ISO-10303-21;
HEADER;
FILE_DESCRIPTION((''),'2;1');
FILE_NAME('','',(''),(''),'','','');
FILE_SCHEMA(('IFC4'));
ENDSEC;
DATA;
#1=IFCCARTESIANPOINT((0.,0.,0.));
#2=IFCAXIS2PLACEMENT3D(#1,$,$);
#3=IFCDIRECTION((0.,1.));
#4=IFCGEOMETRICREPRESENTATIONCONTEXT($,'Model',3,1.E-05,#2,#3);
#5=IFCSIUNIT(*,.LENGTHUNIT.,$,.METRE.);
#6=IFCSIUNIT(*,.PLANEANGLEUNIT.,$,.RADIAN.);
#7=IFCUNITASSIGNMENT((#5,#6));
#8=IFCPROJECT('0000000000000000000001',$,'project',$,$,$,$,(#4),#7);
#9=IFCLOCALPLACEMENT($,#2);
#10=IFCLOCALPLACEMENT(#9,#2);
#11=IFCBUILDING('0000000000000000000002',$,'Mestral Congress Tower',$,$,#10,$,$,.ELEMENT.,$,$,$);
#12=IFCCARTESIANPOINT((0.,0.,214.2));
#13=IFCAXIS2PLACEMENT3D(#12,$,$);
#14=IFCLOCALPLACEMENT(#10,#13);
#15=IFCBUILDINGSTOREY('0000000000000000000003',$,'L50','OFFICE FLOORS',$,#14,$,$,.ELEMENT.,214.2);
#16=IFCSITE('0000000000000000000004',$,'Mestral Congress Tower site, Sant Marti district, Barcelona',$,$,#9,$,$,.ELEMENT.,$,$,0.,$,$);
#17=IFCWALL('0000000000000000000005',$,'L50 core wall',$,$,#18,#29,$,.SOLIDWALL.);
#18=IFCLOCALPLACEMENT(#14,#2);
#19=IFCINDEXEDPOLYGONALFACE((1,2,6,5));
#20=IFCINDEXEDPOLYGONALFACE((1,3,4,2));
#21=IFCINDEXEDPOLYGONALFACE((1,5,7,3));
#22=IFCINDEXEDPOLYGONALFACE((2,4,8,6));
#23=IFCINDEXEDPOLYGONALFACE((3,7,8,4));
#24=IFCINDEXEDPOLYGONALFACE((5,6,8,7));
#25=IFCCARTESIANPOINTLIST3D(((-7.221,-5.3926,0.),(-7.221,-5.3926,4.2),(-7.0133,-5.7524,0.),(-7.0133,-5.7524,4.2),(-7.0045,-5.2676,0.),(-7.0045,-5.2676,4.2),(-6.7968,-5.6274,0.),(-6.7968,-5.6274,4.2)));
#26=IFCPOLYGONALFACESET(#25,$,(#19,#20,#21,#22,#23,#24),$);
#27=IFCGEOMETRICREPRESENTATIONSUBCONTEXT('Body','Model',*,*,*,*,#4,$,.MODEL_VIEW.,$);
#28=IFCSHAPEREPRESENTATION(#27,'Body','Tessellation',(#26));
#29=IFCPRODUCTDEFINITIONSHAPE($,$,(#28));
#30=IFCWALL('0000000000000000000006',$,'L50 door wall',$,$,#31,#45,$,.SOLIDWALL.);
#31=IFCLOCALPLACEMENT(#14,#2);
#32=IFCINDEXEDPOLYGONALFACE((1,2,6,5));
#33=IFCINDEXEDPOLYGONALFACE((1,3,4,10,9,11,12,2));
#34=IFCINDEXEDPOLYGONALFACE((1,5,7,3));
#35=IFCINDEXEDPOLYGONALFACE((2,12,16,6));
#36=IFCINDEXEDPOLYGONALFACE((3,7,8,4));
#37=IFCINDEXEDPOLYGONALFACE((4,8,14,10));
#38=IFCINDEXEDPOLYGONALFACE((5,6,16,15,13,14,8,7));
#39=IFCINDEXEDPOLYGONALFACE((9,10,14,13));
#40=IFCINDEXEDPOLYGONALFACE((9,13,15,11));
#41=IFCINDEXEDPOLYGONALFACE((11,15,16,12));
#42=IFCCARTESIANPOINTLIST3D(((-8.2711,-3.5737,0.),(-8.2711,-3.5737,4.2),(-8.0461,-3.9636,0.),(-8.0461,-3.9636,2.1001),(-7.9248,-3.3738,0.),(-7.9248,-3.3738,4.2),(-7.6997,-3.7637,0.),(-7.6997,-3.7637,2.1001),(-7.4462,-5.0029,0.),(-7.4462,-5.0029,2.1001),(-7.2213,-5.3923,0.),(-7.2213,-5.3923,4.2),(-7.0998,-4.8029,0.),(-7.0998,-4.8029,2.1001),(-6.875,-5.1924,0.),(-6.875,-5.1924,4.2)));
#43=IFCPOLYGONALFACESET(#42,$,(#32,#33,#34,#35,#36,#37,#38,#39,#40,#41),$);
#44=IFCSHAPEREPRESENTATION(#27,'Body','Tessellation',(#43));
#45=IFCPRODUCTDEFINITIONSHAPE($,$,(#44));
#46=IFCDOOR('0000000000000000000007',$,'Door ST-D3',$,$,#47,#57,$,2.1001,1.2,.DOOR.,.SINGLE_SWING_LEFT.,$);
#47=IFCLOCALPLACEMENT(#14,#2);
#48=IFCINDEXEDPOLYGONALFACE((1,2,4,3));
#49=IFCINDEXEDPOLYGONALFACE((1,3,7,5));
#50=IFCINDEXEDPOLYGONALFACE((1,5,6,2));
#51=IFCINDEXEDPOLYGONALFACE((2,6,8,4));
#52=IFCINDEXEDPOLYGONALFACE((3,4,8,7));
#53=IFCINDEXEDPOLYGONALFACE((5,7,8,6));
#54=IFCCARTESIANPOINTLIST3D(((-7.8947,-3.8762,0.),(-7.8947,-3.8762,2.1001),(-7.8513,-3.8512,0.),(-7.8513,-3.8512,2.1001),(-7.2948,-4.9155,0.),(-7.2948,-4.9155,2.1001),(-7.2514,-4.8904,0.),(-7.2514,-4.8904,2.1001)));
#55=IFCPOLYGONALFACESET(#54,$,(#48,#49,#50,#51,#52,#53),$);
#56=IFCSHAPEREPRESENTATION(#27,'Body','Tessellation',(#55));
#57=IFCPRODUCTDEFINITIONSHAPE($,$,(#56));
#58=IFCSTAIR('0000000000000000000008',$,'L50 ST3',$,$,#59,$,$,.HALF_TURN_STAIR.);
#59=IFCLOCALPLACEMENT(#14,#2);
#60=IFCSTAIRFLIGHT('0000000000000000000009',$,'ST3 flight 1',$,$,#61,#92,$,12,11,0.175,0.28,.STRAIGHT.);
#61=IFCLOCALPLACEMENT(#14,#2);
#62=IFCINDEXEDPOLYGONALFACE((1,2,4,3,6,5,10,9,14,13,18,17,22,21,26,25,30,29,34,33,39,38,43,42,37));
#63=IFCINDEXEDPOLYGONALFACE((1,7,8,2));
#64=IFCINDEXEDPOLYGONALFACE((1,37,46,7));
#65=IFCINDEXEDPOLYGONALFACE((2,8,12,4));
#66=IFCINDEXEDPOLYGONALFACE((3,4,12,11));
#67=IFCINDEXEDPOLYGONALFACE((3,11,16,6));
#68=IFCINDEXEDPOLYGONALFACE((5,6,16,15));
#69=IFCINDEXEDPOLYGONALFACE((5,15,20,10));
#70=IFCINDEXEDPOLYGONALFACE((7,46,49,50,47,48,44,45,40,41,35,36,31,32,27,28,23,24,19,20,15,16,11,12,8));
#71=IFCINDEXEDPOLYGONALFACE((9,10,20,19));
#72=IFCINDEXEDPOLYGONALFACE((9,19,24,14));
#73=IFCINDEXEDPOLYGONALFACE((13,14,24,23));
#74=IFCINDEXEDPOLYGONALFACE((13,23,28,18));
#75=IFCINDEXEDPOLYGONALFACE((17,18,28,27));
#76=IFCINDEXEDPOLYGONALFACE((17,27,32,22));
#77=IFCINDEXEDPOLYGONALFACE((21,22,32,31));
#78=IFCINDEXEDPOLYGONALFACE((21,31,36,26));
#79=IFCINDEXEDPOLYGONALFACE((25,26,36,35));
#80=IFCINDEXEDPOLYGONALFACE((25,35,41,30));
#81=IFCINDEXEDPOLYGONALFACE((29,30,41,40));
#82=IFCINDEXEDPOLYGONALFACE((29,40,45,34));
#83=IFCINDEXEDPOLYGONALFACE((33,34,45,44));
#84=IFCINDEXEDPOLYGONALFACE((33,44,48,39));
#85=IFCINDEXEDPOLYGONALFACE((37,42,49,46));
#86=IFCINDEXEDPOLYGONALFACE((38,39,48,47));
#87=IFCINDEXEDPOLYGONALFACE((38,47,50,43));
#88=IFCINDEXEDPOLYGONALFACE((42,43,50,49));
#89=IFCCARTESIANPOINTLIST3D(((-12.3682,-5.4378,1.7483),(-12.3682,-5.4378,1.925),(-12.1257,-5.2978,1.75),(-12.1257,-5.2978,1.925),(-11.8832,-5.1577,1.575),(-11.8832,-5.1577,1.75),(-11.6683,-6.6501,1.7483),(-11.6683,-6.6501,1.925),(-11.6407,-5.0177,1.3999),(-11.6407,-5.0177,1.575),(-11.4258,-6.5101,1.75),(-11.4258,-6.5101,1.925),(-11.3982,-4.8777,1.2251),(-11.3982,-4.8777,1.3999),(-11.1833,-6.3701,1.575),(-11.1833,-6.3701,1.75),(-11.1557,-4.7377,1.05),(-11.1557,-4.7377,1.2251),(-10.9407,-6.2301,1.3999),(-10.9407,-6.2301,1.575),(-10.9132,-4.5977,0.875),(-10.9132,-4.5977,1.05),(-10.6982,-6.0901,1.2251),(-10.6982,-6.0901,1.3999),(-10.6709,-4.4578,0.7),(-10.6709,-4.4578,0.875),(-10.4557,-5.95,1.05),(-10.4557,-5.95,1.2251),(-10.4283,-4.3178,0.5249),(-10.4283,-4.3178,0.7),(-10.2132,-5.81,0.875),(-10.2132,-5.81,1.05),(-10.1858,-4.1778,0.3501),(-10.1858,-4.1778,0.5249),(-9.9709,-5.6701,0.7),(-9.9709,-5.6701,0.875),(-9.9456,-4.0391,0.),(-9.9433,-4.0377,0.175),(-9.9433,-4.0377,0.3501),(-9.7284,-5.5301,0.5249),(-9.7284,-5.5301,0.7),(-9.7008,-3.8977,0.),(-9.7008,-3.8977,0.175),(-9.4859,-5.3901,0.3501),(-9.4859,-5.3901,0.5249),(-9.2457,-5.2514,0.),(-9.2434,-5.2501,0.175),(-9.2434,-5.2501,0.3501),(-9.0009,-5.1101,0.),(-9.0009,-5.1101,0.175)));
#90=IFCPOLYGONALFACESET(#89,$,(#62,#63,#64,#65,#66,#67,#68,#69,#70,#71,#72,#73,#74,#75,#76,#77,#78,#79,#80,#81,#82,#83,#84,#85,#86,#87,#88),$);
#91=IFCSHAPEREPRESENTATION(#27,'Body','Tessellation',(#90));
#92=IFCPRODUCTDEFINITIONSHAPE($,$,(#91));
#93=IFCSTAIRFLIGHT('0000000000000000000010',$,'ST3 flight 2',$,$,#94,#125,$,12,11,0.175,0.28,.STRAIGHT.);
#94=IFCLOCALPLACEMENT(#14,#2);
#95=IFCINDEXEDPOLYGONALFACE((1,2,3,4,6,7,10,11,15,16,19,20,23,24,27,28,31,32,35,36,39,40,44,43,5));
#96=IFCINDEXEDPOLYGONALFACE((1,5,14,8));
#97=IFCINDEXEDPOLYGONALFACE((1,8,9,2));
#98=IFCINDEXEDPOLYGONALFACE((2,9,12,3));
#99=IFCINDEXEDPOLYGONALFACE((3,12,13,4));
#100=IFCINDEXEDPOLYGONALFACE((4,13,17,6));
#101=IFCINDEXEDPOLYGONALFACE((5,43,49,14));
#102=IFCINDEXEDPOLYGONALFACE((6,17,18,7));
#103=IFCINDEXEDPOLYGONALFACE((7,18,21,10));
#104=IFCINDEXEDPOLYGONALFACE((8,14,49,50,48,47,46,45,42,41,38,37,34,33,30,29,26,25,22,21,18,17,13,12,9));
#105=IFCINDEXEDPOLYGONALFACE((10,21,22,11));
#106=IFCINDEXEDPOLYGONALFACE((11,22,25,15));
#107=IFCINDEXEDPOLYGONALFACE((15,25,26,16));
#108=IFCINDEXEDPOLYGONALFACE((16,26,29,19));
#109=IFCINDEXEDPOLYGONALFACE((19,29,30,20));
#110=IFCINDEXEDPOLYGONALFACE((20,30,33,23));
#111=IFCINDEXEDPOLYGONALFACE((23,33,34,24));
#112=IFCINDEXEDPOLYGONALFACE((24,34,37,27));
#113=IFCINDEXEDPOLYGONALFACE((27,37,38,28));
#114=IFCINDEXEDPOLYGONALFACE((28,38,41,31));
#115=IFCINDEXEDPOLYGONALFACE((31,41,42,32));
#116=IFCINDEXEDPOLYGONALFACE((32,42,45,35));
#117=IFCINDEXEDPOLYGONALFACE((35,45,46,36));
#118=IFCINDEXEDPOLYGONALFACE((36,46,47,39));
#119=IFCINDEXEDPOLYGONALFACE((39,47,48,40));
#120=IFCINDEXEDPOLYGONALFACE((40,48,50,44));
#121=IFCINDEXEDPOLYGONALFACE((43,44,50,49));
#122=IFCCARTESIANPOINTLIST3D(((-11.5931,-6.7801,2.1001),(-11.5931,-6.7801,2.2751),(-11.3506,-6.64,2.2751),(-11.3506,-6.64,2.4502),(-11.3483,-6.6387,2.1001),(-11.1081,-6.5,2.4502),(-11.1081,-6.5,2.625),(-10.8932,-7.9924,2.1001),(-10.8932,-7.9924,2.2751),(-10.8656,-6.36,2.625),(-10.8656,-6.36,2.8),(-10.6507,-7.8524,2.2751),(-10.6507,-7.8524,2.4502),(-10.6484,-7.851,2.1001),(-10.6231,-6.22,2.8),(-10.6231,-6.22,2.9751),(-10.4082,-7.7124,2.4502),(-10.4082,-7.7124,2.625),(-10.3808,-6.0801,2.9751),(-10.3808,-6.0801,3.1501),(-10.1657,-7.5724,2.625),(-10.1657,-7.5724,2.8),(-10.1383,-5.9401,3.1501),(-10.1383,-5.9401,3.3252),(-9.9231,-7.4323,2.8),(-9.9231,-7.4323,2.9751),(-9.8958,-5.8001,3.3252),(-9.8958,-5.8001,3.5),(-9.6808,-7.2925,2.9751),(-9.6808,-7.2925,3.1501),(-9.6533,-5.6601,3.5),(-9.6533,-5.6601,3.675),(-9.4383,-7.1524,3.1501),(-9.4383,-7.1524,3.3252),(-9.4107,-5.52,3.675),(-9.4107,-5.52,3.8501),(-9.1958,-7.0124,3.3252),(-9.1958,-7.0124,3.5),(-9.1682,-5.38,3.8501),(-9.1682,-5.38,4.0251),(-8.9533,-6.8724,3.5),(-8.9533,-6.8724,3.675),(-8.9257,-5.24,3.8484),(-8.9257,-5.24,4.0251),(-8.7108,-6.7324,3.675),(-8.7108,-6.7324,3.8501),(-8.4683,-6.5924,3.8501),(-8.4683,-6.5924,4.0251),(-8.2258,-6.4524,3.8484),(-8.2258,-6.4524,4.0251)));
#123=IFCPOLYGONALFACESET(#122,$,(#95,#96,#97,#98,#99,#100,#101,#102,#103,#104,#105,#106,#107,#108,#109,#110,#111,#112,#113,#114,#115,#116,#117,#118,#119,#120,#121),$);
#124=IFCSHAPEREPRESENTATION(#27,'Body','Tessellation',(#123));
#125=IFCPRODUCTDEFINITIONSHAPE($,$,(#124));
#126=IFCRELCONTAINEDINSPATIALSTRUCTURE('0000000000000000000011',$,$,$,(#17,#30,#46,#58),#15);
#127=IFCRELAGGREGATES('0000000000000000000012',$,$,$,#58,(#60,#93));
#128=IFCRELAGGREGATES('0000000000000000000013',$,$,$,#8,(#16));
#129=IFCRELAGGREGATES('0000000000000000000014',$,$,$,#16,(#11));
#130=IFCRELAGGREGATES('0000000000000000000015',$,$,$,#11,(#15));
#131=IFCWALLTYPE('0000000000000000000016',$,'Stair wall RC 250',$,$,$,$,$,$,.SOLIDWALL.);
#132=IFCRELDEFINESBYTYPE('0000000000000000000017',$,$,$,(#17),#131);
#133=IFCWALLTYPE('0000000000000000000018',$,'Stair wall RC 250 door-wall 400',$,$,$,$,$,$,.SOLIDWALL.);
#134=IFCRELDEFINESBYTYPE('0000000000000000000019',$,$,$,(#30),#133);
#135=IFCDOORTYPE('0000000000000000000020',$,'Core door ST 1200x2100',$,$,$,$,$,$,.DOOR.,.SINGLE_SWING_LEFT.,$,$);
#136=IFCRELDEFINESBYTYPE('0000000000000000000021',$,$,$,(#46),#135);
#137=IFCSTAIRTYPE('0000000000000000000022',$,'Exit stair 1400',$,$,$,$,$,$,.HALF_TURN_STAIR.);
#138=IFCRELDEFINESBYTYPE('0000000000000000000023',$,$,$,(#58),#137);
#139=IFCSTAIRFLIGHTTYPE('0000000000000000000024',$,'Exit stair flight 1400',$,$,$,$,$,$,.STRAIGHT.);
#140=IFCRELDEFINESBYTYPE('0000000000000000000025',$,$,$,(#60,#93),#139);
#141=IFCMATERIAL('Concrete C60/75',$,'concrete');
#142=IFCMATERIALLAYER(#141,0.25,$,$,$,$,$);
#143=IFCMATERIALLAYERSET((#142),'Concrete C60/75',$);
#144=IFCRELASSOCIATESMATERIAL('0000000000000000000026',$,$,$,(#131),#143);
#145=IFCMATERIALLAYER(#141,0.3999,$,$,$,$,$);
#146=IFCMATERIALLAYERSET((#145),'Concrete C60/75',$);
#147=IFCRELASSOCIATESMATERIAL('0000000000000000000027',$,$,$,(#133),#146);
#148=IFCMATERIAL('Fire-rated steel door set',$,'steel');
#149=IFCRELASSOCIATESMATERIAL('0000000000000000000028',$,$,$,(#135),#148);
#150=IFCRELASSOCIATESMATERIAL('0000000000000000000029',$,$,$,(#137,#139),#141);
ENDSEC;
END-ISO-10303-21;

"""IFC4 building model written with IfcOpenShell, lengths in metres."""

from ifc_helpers import new_model, si_unit, direction, frame, frame_2d, origin, place, context, subcontext, project, spatial, polyline, rectangle, outline, extrude, material, layer, layer_set, type_object, element, fill, aggregate, save


model = new_model("IFC4")

# Units and contexts
model_context = context("Model", 3, precision=1e-05, world=origin(), true_north=direction((0.0, 1.0)))
body_context = subcontext(model_context, "Body", "Model", "MODEL_VIEW")
ifc_project = project(units=[si_unit("LENGTHUNIT", "METRE"), si_unit("PLANEANGLEUNIT", "RADIAN")], contexts=[model_context])

# Site, building, storey
site_placement = place(None, origin())
site = spatial("IfcSite", under=ifc_project, at=site_placement, Name="Mestral Congress Tower site, Sant Marti district, Barcelona", CompositionType="ELEMENT", RefElevation=0.0)
building_placement = place(site_placement, origin())
building = spatial("IfcBuilding", under=site, at=building_placement, Name="Mestral Congress Tower", CompositionType="ELEMENT")
storey_placement = place(building_placement, frame((0.0, 0.0, 214.2)))
storey = spatial("IfcBuildingStorey", under=building, at=storey_placement, Name="L50", Description="OFFICE FLOORS", CompositionType="ELEMENT", Elevation=214.2)

# Shared definitions
ifc_material_1 = material(Name="Fire-rated steel door set", Category="steel")

# Shared definitions
ifc_material_2 = material(Name="Concrete C60/75", Category="concrete")

# Wall
ifc_layer_1 = layer(ifc_material_2, 0.25)
ifc_layer_set_1 = layer_set([ifc_layer_1], Name="Concrete C60/75")
wall_type_1 = type_object("IfcWallType", Name="Stair wall RC 250", PredefinedType="SOLIDWALL", material=ifc_layer_set_1)
wall_1_placement = place(storey_placement, frame((-6.905, -5.6899, 0.0), z_axis=(0.0, 0.0, 1.0), x_axis=(-0.499994, 0.866029, 0.0)))
element("IfcWall", 1, at=wall_1_placement, inside=storey, type_object=wall_type_1, Name="L50 core wall", PredefinedType="SOLIDWALL", context=body_context, shape_type="SweptSolid", body=[
    extrude(rectangle(XDim=0.4155, YDim=0.25, at=frame_2d((0.2078, 0.0))), origin(), (0.0, 0.0, 1.0), 4.2),
])

# Wall, opening, door
ifc_layer_2 = layer(ifc_material_2, 0.3999)
ifc_layer_set_2 = layer_set([ifc_layer_2], Name="Concrete C60/75")
wall_type_2 = type_object("IfcWallType", Name="Stair wall RC 250 door-wall 400", PredefinedType="SOLIDWALL", material=ifc_layer_set_2)
wall_2_placement = place(storey_placement, frame((-8.0979, -3.4739, 0.0), z_axis=(0.0, 0.0, 1.0), x_axis=(0.499941, -0.86606, 0.0)))
wall_2 = element("IfcWall", 2, at=wall_2_placement, inside=storey, type_object=wall_type_2, Name="L50 door wall", PredefinedType="SOLIDWALL", context=body_context, shape_type="SweptSolid", body=[
    extrude(rectangle(XDim=2.0999, YDim=0.3999, at=frame_2d((1.0498, 0.0))), origin(), (0.0, 0.0, 1.0), 4.2),
])
opening_1_placement = place(wall_2_placement, frame((0.45, 0.0, 0.0)))
opening_1 = element("IfcOpeningElement", 3, at=opening_1_placement, cuts=wall_2, PredefinedType="OPENING", context=body_context, shape_type="SweptSolid", body=[
    extrude(rectangle(XDim=1.2, YDim=2.1001, at=frame_2d((0.6001, 1.05))), frame((0.0, 0.21, 0.0), z_axis=(0.0, -1.0, 0.0), x_axis=(1.0, 0.0, 0.0)), (0.0, 0.0, 1.0), 0.4199),
])
door_type_1 = type_object("IfcDoorType", Name="Core door ST 1200x2100", OperationType="SINGLE_SWING_LEFT", PredefinedType="DOOR", material=ifc_material_1)
door_1_placement = place(opening_1_placement, origin())
door_1 = element("IfcDoor", 4, at=door_1_placement, inside=storey, type_object=door_type_1, Name="Door ST-D3", OperationType="SINGLE_SWING_LEFT", OverallHeight=2.1001, OverallWidth=1.2, PredefinedType="DOOR", context=body_context, shape_type="SweptSolid", body=[
    extrude(rectangle(XDim=1.2, YDim=2.1001, at=frame_2d((0.6001, 1.05))), frame((0.0, 0.0249, 0.0), z_axis=(0.0, -1.0, 0.0), x_axis=(1.0, 0.0, 0.0)), (0.0, 0.0, 1.0), 0.05),
])
fill(opening_1, door_1)

# Stair, stair flights
stair_type = type_object("IfcStairType", Name="Exit stair 1400", PredefinedType="HALF_TURN_STAIR", material=ifc_material_2)
stair_placement = place(storey_placement, origin())
stair = element("IfcStair", 5, at=stair_placement, inside=storey, type_object=stair_type, Name="L50 ST3", PredefinedType="HALF_TURN_STAIR")
stair_flight_type = type_object("IfcStairFlightType", Name="Exit stair flight 1400", PredefinedType="STRAIGHT", material=ifc_material_2)
stair_flight_1_placement = place(storey_placement, frame((-9.3508, -4.5039, 0.0), z_axis=(0.0, 0.0, 1.0), x_axis=(-0.866025, -0.5, 0.0)))
stair_flight_1 = element("IfcStairFlight", 6, at=stair_flight_1_placement, type_object=stair_flight_type, Name="ST3 flight 1", NumberOfRisers=12, NumberOfTreads=11, PredefinedType="STRAIGHT", RiserHeight=0.175, TreadLength=0.28, context=body_context, shape_type="SweptSolid", body=[
    extrude(outline(polyline([(0.0, 0.0), (0.0, 0.175), (0.28, 0.175), (0.28, 0.3501), (0.5601, 0.3501), (0.5601, 0.5249), (0.8401, 0.5249), (0.8401, 0.7), (1.1201, 0.7), (1.1201, 0.875), (1.3999, 0.875), (1.3999, 1.05), (1.6799, 1.05), (1.6799, 1.2251), (1.96, 1.2251), (1.96, 1.3999), (2.24, 1.3999), (2.24, 1.575), (2.52, 1.575), (2.52, 1.75), (2.8, 1.75), (2.8, 1.925), (3.0801, 1.925), (3.0801, 2.1001), (3.0801, 1.7483), (0.2827, 0.0), (0.0, 0.0)])), frame((0.0, 0.7, 0.0), z_axis=(0.0, -1.0, 0.0), x_axis=(1.0, 0.0, 0.0)), (0.0, 0.0, 1.0), 1.3999),
])
stair_flight_2_placement = place(storey_placement, frame((-11.2432, -7.3862, 2.1001), z_axis=(0.0, 0.0, 1.0), x_axis=(0.866025, 0.5, 0.0)))
stair_flight_2 = element("IfcStairFlight", 7, at=stair_flight_2_placement, type_object=stair_flight_type, Name="ST3 flight 2", NumberOfRisers=12, NumberOfTreads=11, PredefinedType="STRAIGHT", RiserHeight=0.175, TreadLength=0.28, context=body_context, shape_type="SweptSolid", body=[
    extrude(outline(polyline([(0.0, 0.0), (0.0, 0.175), (0.28, 0.175), (0.28, 0.3501), (0.5601, 0.3501), (0.5601, 0.5249), (0.8401, 0.5249), (0.8401, 0.7), (1.1201, 0.7), (1.1201, 0.875), (1.3999, 0.875), (1.3999, 1.05), (1.6799, 1.05), (1.6799, 1.2251), (1.96, 1.2251), (1.96, 1.3999), (2.24, 1.3999), (2.24, 1.575), (2.52, 1.575), (2.52, 1.75), (2.8, 1.75), (2.8, 1.925), (3.0801, 1.925), (3.0801, 2.1001), (3.0801, 1.7483), (0.2827, 0.0), (0.0, 0.0)])), frame((0.0, 0.7, 0.0), z_axis=(0.0, -1.0, 0.0), x_axis=(1.0, 0.0, 0.0)), (0.0, 0.0, 1.0), 1.3999),
])
aggregate(stair, [stair_flight_1, stair_flight_2])

save(model, "model.ifc")
